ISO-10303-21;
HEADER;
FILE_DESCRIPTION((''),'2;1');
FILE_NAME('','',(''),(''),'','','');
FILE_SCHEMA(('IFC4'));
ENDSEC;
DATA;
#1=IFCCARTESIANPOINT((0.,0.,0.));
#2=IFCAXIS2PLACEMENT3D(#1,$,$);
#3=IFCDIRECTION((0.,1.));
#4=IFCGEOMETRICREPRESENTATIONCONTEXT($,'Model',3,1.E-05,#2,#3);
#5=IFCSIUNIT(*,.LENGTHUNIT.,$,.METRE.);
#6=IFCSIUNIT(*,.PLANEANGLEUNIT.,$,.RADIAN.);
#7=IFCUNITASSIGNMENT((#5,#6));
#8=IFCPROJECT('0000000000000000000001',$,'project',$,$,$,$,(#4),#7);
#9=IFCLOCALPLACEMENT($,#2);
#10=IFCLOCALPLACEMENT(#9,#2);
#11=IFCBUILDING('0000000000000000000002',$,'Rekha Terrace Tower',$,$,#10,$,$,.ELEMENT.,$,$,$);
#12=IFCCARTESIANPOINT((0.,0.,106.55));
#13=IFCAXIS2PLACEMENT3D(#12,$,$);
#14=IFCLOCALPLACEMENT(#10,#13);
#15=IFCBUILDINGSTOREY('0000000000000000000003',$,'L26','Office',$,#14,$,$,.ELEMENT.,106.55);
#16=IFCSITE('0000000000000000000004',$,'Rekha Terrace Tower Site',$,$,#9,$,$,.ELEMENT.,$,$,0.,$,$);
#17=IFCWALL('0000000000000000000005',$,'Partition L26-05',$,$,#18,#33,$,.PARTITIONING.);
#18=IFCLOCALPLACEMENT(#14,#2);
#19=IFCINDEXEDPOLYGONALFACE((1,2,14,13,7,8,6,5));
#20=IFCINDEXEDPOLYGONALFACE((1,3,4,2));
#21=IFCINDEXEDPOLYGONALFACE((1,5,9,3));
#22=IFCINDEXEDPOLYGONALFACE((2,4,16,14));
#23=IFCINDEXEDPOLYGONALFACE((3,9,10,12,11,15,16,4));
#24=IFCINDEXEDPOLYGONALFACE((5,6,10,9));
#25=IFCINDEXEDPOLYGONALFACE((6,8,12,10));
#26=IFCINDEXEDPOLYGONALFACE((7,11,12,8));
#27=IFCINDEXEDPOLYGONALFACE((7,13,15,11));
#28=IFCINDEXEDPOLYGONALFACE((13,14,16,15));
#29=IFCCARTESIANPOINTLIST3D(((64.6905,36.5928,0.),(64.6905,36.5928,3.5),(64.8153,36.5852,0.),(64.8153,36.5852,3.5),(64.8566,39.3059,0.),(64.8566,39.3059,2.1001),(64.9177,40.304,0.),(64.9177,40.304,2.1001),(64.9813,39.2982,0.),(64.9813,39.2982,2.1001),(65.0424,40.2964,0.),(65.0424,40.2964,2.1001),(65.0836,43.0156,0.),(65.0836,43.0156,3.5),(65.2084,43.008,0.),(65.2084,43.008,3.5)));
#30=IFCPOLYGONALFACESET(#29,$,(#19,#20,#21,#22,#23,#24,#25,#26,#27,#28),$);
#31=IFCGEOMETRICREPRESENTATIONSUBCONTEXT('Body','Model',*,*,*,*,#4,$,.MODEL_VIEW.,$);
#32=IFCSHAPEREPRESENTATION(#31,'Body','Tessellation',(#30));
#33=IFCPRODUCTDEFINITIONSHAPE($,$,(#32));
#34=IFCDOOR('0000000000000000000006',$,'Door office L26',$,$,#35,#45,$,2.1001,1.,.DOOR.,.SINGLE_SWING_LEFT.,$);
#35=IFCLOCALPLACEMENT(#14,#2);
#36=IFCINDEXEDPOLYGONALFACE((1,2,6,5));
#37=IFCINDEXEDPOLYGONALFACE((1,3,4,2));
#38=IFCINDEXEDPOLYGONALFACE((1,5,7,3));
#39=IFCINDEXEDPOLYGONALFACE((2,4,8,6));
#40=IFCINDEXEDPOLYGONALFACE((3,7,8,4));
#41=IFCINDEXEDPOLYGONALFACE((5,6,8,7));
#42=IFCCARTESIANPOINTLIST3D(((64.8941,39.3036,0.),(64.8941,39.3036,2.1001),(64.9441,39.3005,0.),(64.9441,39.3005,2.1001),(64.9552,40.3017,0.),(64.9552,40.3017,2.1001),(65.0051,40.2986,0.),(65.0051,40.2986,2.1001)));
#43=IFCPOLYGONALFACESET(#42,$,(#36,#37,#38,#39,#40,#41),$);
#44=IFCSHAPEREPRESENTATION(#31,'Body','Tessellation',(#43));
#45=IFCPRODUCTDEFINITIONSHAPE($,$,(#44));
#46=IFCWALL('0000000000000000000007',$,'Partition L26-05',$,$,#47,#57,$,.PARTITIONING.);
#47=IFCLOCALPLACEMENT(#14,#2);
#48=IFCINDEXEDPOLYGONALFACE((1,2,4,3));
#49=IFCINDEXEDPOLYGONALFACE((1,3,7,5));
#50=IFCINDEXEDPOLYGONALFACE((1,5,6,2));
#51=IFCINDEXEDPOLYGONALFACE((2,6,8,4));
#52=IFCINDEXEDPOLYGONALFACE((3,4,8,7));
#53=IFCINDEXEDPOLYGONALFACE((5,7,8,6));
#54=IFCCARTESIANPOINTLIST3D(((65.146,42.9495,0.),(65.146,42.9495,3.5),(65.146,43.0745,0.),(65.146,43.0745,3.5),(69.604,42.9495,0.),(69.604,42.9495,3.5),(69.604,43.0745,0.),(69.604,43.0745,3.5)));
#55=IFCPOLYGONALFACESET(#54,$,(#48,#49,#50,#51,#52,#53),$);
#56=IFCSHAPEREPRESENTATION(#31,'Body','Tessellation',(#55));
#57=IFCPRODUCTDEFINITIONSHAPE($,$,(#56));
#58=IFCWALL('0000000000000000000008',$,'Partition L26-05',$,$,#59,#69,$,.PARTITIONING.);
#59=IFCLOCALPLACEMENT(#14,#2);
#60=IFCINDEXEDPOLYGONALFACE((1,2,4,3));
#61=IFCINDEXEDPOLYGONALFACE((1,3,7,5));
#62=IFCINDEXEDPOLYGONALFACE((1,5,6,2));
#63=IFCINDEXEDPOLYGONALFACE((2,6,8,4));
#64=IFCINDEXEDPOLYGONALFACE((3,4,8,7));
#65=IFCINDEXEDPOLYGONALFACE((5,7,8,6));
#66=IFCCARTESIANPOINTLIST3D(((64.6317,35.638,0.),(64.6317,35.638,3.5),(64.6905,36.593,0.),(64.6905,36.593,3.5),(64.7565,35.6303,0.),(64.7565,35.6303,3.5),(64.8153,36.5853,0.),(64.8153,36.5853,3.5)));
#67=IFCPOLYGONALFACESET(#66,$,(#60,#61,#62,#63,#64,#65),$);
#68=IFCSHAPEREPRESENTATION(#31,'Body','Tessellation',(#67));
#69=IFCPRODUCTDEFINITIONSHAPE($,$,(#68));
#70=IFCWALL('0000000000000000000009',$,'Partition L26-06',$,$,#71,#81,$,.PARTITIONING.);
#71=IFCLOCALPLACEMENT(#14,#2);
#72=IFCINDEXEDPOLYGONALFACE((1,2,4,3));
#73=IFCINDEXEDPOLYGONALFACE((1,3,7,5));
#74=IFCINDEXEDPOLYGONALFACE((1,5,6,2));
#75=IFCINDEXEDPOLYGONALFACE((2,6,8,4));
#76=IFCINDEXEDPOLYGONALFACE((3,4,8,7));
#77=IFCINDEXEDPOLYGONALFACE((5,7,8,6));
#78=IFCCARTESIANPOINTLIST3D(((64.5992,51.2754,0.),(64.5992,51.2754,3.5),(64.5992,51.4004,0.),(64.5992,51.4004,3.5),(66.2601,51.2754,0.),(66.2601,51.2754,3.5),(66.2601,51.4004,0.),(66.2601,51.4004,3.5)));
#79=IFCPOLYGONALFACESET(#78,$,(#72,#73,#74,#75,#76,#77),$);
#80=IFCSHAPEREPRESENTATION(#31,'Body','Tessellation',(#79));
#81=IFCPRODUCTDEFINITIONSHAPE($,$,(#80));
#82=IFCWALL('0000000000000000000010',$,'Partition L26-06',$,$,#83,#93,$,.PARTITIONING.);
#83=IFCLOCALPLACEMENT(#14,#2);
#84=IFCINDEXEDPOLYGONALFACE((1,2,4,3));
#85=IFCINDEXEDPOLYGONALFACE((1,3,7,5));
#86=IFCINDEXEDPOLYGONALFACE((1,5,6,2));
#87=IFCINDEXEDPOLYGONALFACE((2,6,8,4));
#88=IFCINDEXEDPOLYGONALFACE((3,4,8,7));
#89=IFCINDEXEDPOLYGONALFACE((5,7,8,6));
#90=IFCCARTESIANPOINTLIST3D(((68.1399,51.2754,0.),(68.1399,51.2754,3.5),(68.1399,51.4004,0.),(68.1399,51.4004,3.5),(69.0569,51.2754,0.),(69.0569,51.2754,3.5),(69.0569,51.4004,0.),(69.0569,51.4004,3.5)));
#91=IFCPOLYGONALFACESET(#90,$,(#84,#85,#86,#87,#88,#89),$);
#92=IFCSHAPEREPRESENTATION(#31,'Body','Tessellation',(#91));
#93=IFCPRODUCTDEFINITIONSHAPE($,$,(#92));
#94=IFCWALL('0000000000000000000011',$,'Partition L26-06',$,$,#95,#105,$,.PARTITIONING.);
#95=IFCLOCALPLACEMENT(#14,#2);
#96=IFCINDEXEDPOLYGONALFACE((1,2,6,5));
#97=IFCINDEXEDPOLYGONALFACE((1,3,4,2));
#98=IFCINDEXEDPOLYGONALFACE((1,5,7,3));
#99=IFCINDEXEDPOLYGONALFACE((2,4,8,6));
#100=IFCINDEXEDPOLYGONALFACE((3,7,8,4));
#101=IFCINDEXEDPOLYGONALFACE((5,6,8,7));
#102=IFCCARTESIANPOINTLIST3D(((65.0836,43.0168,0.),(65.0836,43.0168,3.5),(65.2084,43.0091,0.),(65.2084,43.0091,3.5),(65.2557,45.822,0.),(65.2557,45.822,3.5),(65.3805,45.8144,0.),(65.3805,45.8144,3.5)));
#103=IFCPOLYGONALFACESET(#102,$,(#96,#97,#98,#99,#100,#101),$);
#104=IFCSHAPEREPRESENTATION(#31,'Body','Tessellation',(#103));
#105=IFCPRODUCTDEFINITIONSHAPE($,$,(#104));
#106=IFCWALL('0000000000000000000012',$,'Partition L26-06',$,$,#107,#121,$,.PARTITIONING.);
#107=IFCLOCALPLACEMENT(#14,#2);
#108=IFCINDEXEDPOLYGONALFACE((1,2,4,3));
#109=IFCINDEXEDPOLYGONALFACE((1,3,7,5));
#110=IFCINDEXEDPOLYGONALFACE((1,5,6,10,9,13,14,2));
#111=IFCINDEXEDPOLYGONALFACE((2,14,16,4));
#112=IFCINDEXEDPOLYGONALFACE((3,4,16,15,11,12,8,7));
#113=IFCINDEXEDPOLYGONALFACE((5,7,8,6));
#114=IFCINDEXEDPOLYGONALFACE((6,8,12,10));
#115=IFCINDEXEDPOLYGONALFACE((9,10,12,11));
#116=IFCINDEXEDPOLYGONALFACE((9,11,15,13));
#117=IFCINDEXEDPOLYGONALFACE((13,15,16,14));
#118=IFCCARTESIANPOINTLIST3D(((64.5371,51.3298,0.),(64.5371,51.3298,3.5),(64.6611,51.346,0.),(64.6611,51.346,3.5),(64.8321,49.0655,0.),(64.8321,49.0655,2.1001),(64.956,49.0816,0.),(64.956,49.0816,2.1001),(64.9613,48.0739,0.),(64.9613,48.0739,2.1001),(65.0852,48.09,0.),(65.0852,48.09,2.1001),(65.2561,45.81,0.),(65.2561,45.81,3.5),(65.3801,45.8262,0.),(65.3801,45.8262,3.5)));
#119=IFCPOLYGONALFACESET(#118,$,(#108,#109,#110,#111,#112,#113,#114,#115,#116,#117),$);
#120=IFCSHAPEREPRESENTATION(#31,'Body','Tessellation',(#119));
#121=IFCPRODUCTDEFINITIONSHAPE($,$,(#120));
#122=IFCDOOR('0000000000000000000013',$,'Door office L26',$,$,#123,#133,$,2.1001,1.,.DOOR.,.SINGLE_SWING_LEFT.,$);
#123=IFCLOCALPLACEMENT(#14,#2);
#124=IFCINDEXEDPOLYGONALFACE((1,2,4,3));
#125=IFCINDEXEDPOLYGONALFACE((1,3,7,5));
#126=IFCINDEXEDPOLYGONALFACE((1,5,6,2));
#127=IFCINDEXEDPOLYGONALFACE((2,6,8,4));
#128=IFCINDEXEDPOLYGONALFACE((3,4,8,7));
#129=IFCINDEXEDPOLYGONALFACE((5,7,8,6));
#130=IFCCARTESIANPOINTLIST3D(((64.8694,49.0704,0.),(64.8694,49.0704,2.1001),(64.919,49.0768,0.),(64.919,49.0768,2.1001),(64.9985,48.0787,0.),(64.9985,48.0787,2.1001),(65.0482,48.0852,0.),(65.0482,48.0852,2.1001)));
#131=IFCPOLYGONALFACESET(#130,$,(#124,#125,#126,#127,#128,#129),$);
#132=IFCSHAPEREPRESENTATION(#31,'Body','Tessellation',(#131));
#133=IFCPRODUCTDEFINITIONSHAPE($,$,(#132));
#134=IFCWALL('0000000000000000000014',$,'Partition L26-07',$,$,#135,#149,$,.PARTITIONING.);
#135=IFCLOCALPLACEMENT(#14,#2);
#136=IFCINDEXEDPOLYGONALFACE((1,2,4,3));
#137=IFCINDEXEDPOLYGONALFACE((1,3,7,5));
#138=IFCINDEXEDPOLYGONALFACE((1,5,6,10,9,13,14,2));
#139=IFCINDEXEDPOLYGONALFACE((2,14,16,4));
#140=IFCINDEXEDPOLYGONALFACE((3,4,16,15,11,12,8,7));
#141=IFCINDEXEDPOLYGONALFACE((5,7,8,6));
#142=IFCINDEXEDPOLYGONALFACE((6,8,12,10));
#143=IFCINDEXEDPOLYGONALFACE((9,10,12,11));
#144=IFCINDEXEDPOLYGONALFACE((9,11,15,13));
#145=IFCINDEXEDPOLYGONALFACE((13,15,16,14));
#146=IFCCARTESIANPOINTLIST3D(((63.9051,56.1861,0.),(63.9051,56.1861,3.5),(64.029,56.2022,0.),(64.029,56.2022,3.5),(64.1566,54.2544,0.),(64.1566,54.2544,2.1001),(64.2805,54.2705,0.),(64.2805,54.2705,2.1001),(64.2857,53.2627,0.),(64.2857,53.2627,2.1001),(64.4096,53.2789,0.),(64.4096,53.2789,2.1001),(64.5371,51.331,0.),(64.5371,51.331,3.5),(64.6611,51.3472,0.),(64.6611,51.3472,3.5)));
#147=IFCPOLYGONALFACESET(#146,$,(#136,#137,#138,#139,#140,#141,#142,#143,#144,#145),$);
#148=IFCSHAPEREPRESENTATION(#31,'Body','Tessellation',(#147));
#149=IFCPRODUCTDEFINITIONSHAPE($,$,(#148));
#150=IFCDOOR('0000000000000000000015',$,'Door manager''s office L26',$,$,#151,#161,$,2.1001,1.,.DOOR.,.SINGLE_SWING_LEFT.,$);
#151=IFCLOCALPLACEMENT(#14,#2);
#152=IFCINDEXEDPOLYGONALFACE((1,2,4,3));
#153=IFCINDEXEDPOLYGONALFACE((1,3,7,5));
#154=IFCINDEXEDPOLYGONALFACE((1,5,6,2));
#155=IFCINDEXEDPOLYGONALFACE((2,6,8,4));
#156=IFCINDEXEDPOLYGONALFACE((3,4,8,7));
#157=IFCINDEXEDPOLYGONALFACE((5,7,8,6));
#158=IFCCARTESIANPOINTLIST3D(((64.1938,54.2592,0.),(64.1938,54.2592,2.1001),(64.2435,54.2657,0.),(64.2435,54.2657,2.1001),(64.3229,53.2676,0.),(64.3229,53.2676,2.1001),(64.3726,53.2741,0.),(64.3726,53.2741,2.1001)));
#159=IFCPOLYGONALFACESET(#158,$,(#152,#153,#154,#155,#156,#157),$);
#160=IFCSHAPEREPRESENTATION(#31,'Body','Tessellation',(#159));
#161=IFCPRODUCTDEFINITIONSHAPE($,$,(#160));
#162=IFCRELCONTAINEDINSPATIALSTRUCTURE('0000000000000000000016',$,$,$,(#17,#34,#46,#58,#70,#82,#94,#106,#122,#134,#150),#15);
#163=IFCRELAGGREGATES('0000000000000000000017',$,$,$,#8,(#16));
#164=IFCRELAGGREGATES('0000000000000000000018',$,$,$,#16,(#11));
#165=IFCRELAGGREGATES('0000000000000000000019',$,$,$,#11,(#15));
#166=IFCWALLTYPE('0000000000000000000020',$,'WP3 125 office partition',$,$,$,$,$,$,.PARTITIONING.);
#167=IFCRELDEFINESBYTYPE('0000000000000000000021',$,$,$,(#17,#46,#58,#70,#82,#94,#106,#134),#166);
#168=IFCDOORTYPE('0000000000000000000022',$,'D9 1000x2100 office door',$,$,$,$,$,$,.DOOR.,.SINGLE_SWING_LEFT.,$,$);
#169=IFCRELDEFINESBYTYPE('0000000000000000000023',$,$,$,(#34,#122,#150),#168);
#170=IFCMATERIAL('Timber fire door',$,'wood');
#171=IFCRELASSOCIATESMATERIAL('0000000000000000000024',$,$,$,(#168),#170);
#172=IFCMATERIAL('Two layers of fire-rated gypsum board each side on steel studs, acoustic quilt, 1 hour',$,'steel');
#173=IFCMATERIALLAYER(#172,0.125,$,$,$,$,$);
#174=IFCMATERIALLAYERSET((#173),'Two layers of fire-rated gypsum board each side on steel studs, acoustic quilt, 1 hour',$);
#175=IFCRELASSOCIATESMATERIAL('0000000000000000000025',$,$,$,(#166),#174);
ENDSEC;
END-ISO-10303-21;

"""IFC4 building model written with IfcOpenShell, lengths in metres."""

from ifc_helpers import new_model, si_unit, direction, frame, frame_2d, origin, place, context, subcontext, project, spatial, rectangle, extrude, material, layer, layer_set, type_object, element, fill, save


model = new_model("IFC4")

# Units and contexts
model_context = context("Model", 3, precision=1e-05, world=origin(), true_north=direction((0.0, 1.0)))
body_context = subcontext(model_context, "Body", "Model", "MODEL_VIEW")
ifc_project = project(units=[si_unit("LENGTHUNIT", "METRE"), si_unit("PLANEANGLEUNIT", "RADIAN")], contexts=[model_context])

# Site, building, storey
site_placement = place(None, origin())
site = spatial("IfcSite", under=ifc_project, at=site_placement, Name="Rekha Terrace Tower Site", CompositionType="ELEMENT", RefElevation=0.0)
building_placement = place(site_placement, origin())
building = spatial("IfcBuilding", under=site, at=building_placement, Name="Rekha Terrace Tower", CompositionType="ELEMENT")
storey_placement = place(building_placement, frame((0.0, 0.0, 106.55)))
storey = spatial("IfcBuildingStorey", under=building, at=storey_placement, Name="L26", Description="Office", CompositionType="ELEMENT", Elevation=106.55)

# Wall, opening, door
ifc_material_1 = material(Name="Timber fire door", Category="wood")
door_type = type_object("IfcDoorType", Name="D9 1000x2100 office door", OperationType="SINGLE_SWING_LEFT", PredefinedType="DOOR", material=ifc_material_1)
ifc_material_2 = material(Name="Two layers of fire-rated gypsum board each side on steel studs, acoustic quilt, 1 hour", Category="steel")
ifc_layer_1 = layer(ifc_material_2, 0.125)
ifc_layer_set_1 = layer_set([ifc_layer_1], Name="Two layers of fire-rated gypsum board each side on steel studs, acoustic quilt, 1 hour")
wall_type_1 = type_object("IfcWallType", Name="WP3 125 office partition", PredefinedType="PARTITIONING", material=ifc_layer_set_1)
wall_1_placement = place(storey_placement, frame((64.7529, 36.5891, 0.0), z_axis=(0.0, 0.0, 1.0), x_axis=(0.061084, 0.998133, 0.0)))
wall_1 = element("IfcWall", 1, at=wall_1_placement, inside=storey, type_object=wall_type_1, Name="Partition L26-05", PredefinedType="PARTITIONING", context=body_context, shape_type="SweptSolid", body=[
    extrude(rectangle(XDim=6.4348, YDim=0.125, at=frame_2d((3.2173, 0.0))), origin(), (0.0, 0.0, 1.0), 3.5),
])
opening_1_placement = place(wall_1_placement, frame((2.718, 0.0, 0.0)))
opening_1 = element("IfcOpeningElement", 2, at=opening_1_placement, cuts=wall_1, PredefinedType="OPENING", context=body_context, shape_type="SweptSolid", body=[
    extrude(rectangle(XDim=1.0, YDim=2.1001, at=frame_2d((0.5, 1.05))), frame((0.0, 0.0725, 0.0), z_axis=(0.0, -1.0, 0.0), x_axis=(1.0, 0.0, 0.0)), (0.0, 0.0, 1.0), 0.145),
])
door_1_placement = place(opening_1_placement, origin())
door_1 = element("IfcDoor", 3, at=door_1_placement, inside=storey, type_object=door_type, Name="Door office L26", OperationType="SINGLE_SWING_LEFT", OverallHeight=2.1001, OverallWidth=1.0, PredefinedType="DOOR", context=body_context, shape_type="SweptSolid", body=[
    extrude(rectangle(XDim=1.0, YDim=2.1001, at=frame_2d((0.5, 1.05))), frame((0.0, 0.0249, 0.0), z_axis=(0.0, -1.0, 0.0), x_axis=(1.0, 0.0, 0.0)), (0.0, 0.0, 1.0), 0.05),
])
fill(opening_1, door_1)

# Walls
wall_2_placement = place(storey_placement, frame((65.146, 43.012, 0.0), z_axis=(0.0, 0.0, 1.0), x_axis=(1.0, 0.0, 0.0)))
element("IfcWall", 4, at=wall_2_placement, inside=storey, type_object=wall_type_1, Name="Partition L26-05", PredefinedType="PARTITIONING", context=body_context, shape_type="SweptSolid", body=[
    extrude(rectangle(XDim=4.458, YDim=0.125, at=frame_2d((2.229, 0.0))), origin(), (0.0, 0.0, 1.0), 3.5),
])
wall_3_placement = place(storey_placement, frame((64.6941, 35.634, 0.0), z_axis=(0.0, 0.0, 1.0), x_axis=(0.061489, 0.998108, 0.0)))
element("IfcWall", 5, at=wall_3_placement, inside=storey, type_object=wall_type_1, Name="Partition L26-05", PredefinedType="PARTITIONING", context=body_context, shape_type="SweptSolid", body=[
    extrude(rectangle(XDim=0.9568, YDim=0.125, at=frame_2d((0.4785, 0.0))), origin(), (0.0, 0.0, 1.0), 3.5),
])
wall_4_placement = place(storey_placement, frame((64.5991, 51.3379, 0.0), z_axis=(0.0, 0.0, 1.0), x_axis=(1.0, 0.0, 0.0)))
element("IfcWall", 6, at=wall_4_placement, inside=storey, type_object=wall_type_1, Name="Partition L26-06", PredefinedType="PARTITIONING", context=body_context, shape_type="SweptSolid", body=[
    extrude(rectangle(XDim=1.6609, YDim=0.125, at=frame_2d((0.8306, 0.0))), origin(), (0.0, 0.0, 1.0), 3.5),
])
wall_5_placement = place(storey_placement, frame((68.1399, 51.3379, 0.0), z_axis=(0.0, 0.0, 1.0), x_axis=(1.0, 0.0, 0.0)))
element("IfcWall", 7, at=wall_5_placement, inside=storey, type_object=wall_type_1, Name="Partition L26-06", PredefinedType="PARTITIONING", context=body_context, shape_type="SweptSolid", body=[
    extrude(rectangle(XDim=0.917, YDim=0.125, at=frame_2d((0.4585, 0.0))), origin(), (0.0, 0.0, 1.0), 3.5),
])
wall_6_placement = place(storey_placement, frame((65.146, 43.0129, 0.0), z_axis=(0.0, 0.0, 1.0), x_axis=(0.061243, 0.998123, 0.0)))
element("IfcWall", 8, at=wall_6_placement, inside=storey, type_object=wall_type_1, Name="Partition L26-06", PredefinedType="PARTITIONING", context=body_context, shape_type="SweptSolid", body=[
    extrude(rectangle(XDim=2.8105, YDim=0.125, at=frame_2d((1.4053, 0.0))), origin(), (0.0, 0.0, 1.0), 3.5),
])

# Walls, openings, doors
wall_7_placement = place(storey_placement, frame((65.3181, 45.8181, 0.0), z_axis=(0.0, 0.0, 1.0), x_axis=(-0.129167, 0.991623, 0.0)))
wall_7 = element("IfcWall", 9, at=wall_7_placement, inside=storey, type_object=wall_type_1, Name="Partition L26-06", PredefinedType="PARTITIONING", context=body_context, shape_type="SweptSolid", body=[
    extrude(rectangle(XDim=5.5664, YDim=0.125, at=frame_2d((2.7832, 0.0))), origin(), (0.0, 0.0, 1.0), 3.5),
])
opening_2_placement = place(wall_7_placement, frame((2.283, 0.0, 0.0)))
opening_2 = element("IfcOpeningElement", 10, at=opening_2_placement, cuts=wall_7, PredefinedType="OPENING", context=body_context, shape_type="SweptSolid", body=[
    extrude(rectangle(XDim=1.0, YDim=2.1001, at=frame_2d((0.5, 1.05))), frame((0.0, 0.0725, 0.0), z_axis=(0.0, -1.0, 0.0), x_axis=(1.0, 0.0, 0.0)), (0.0, 0.0, 1.0), 0.145),
])
door_2_placement = place(opening_2_placement, origin())
door_2 = element("IfcDoor", 11, at=door_2_placement, inside=storey, type_object=door_type, Name="Door office L26", OperationType="SINGLE_SWING_LEFT", OverallHeight=2.1001, OverallWidth=1.0, PredefinedType="DOOR", context=body_context, shape_type="SweptSolid", body=[
    extrude(rectangle(XDim=1.0, YDim=2.1001, at=frame_2d((0.5, 1.05))), frame((0.0, 0.0249, 0.0), z_axis=(0.0, -1.0, 0.0), x_axis=(1.0, 0.0, 0.0)), (0.0, 0.0, 1.0), 0.05),
])
fill(opening_2, door_2)
wall_8_placement = place(storey_placement, frame((64.5991, 51.3391, 0.0), z_axis=(0.0, 0.0, 1.0), x_axis=(-0.129103, 0.991631, 0.0)))
wall_8 = element("IfcWall", 12, at=wall_8_placement, inside=storey, type_object=wall_type_1, Name="Partition L26-07", PredefinedType="PARTITIONING", context=body_context, shape_type="SweptSolid", body=[
    extrude(rectangle(XDim=4.896, YDim=0.125, at=frame_2d((2.448, 0.0))), origin(), (0.0, 0.0, 1.0), 3.5),
])
opening_3_placement = place(wall_8_placement, frame((1.948, 0.0, 0.0)))
opening_3 = element("IfcOpeningElement", 13, at=opening_3_placement, cuts=wall_8, PredefinedType="OPENING", context=body_context, shape_type="SweptSolid", body=[
    extrude(rectangle(XDim=1.0, YDim=2.1001, at=frame_2d((0.5, 1.05))), frame((0.0, 0.0725, 0.0), z_axis=(0.0, -1.0, 0.0), x_axis=(1.0, 0.0, 0.0)), (0.0, 0.0, 1.0), 0.145),
])
door_3_placement = place(opening_3_placement, origin())
door_3 = element("IfcDoor", 14, at=door_3_placement, inside=storey, type_object=door_type, Name="Door manager's office L26", OperationType="SINGLE_SWING_LEFT", OverallHeight=2.1001, OverallWidth=1.0, PredefinedType="DOOR", context=body_context, shape_type="SweptSolid", body=[
    extrude(rectangle(XDim=1.0, YDim=2.1001, at=frame_2d((0.5, 1.05))), frame((0.0, 0.0249, 0.0), z_axis=(0.0, -1.0, 0.0), x_axis=(1.0, 0.0, 0.0)), (0.0, 0.0, 1.0), 0.05),
])
fill(opening_3, door_3)

save(model, "model.ifc")
